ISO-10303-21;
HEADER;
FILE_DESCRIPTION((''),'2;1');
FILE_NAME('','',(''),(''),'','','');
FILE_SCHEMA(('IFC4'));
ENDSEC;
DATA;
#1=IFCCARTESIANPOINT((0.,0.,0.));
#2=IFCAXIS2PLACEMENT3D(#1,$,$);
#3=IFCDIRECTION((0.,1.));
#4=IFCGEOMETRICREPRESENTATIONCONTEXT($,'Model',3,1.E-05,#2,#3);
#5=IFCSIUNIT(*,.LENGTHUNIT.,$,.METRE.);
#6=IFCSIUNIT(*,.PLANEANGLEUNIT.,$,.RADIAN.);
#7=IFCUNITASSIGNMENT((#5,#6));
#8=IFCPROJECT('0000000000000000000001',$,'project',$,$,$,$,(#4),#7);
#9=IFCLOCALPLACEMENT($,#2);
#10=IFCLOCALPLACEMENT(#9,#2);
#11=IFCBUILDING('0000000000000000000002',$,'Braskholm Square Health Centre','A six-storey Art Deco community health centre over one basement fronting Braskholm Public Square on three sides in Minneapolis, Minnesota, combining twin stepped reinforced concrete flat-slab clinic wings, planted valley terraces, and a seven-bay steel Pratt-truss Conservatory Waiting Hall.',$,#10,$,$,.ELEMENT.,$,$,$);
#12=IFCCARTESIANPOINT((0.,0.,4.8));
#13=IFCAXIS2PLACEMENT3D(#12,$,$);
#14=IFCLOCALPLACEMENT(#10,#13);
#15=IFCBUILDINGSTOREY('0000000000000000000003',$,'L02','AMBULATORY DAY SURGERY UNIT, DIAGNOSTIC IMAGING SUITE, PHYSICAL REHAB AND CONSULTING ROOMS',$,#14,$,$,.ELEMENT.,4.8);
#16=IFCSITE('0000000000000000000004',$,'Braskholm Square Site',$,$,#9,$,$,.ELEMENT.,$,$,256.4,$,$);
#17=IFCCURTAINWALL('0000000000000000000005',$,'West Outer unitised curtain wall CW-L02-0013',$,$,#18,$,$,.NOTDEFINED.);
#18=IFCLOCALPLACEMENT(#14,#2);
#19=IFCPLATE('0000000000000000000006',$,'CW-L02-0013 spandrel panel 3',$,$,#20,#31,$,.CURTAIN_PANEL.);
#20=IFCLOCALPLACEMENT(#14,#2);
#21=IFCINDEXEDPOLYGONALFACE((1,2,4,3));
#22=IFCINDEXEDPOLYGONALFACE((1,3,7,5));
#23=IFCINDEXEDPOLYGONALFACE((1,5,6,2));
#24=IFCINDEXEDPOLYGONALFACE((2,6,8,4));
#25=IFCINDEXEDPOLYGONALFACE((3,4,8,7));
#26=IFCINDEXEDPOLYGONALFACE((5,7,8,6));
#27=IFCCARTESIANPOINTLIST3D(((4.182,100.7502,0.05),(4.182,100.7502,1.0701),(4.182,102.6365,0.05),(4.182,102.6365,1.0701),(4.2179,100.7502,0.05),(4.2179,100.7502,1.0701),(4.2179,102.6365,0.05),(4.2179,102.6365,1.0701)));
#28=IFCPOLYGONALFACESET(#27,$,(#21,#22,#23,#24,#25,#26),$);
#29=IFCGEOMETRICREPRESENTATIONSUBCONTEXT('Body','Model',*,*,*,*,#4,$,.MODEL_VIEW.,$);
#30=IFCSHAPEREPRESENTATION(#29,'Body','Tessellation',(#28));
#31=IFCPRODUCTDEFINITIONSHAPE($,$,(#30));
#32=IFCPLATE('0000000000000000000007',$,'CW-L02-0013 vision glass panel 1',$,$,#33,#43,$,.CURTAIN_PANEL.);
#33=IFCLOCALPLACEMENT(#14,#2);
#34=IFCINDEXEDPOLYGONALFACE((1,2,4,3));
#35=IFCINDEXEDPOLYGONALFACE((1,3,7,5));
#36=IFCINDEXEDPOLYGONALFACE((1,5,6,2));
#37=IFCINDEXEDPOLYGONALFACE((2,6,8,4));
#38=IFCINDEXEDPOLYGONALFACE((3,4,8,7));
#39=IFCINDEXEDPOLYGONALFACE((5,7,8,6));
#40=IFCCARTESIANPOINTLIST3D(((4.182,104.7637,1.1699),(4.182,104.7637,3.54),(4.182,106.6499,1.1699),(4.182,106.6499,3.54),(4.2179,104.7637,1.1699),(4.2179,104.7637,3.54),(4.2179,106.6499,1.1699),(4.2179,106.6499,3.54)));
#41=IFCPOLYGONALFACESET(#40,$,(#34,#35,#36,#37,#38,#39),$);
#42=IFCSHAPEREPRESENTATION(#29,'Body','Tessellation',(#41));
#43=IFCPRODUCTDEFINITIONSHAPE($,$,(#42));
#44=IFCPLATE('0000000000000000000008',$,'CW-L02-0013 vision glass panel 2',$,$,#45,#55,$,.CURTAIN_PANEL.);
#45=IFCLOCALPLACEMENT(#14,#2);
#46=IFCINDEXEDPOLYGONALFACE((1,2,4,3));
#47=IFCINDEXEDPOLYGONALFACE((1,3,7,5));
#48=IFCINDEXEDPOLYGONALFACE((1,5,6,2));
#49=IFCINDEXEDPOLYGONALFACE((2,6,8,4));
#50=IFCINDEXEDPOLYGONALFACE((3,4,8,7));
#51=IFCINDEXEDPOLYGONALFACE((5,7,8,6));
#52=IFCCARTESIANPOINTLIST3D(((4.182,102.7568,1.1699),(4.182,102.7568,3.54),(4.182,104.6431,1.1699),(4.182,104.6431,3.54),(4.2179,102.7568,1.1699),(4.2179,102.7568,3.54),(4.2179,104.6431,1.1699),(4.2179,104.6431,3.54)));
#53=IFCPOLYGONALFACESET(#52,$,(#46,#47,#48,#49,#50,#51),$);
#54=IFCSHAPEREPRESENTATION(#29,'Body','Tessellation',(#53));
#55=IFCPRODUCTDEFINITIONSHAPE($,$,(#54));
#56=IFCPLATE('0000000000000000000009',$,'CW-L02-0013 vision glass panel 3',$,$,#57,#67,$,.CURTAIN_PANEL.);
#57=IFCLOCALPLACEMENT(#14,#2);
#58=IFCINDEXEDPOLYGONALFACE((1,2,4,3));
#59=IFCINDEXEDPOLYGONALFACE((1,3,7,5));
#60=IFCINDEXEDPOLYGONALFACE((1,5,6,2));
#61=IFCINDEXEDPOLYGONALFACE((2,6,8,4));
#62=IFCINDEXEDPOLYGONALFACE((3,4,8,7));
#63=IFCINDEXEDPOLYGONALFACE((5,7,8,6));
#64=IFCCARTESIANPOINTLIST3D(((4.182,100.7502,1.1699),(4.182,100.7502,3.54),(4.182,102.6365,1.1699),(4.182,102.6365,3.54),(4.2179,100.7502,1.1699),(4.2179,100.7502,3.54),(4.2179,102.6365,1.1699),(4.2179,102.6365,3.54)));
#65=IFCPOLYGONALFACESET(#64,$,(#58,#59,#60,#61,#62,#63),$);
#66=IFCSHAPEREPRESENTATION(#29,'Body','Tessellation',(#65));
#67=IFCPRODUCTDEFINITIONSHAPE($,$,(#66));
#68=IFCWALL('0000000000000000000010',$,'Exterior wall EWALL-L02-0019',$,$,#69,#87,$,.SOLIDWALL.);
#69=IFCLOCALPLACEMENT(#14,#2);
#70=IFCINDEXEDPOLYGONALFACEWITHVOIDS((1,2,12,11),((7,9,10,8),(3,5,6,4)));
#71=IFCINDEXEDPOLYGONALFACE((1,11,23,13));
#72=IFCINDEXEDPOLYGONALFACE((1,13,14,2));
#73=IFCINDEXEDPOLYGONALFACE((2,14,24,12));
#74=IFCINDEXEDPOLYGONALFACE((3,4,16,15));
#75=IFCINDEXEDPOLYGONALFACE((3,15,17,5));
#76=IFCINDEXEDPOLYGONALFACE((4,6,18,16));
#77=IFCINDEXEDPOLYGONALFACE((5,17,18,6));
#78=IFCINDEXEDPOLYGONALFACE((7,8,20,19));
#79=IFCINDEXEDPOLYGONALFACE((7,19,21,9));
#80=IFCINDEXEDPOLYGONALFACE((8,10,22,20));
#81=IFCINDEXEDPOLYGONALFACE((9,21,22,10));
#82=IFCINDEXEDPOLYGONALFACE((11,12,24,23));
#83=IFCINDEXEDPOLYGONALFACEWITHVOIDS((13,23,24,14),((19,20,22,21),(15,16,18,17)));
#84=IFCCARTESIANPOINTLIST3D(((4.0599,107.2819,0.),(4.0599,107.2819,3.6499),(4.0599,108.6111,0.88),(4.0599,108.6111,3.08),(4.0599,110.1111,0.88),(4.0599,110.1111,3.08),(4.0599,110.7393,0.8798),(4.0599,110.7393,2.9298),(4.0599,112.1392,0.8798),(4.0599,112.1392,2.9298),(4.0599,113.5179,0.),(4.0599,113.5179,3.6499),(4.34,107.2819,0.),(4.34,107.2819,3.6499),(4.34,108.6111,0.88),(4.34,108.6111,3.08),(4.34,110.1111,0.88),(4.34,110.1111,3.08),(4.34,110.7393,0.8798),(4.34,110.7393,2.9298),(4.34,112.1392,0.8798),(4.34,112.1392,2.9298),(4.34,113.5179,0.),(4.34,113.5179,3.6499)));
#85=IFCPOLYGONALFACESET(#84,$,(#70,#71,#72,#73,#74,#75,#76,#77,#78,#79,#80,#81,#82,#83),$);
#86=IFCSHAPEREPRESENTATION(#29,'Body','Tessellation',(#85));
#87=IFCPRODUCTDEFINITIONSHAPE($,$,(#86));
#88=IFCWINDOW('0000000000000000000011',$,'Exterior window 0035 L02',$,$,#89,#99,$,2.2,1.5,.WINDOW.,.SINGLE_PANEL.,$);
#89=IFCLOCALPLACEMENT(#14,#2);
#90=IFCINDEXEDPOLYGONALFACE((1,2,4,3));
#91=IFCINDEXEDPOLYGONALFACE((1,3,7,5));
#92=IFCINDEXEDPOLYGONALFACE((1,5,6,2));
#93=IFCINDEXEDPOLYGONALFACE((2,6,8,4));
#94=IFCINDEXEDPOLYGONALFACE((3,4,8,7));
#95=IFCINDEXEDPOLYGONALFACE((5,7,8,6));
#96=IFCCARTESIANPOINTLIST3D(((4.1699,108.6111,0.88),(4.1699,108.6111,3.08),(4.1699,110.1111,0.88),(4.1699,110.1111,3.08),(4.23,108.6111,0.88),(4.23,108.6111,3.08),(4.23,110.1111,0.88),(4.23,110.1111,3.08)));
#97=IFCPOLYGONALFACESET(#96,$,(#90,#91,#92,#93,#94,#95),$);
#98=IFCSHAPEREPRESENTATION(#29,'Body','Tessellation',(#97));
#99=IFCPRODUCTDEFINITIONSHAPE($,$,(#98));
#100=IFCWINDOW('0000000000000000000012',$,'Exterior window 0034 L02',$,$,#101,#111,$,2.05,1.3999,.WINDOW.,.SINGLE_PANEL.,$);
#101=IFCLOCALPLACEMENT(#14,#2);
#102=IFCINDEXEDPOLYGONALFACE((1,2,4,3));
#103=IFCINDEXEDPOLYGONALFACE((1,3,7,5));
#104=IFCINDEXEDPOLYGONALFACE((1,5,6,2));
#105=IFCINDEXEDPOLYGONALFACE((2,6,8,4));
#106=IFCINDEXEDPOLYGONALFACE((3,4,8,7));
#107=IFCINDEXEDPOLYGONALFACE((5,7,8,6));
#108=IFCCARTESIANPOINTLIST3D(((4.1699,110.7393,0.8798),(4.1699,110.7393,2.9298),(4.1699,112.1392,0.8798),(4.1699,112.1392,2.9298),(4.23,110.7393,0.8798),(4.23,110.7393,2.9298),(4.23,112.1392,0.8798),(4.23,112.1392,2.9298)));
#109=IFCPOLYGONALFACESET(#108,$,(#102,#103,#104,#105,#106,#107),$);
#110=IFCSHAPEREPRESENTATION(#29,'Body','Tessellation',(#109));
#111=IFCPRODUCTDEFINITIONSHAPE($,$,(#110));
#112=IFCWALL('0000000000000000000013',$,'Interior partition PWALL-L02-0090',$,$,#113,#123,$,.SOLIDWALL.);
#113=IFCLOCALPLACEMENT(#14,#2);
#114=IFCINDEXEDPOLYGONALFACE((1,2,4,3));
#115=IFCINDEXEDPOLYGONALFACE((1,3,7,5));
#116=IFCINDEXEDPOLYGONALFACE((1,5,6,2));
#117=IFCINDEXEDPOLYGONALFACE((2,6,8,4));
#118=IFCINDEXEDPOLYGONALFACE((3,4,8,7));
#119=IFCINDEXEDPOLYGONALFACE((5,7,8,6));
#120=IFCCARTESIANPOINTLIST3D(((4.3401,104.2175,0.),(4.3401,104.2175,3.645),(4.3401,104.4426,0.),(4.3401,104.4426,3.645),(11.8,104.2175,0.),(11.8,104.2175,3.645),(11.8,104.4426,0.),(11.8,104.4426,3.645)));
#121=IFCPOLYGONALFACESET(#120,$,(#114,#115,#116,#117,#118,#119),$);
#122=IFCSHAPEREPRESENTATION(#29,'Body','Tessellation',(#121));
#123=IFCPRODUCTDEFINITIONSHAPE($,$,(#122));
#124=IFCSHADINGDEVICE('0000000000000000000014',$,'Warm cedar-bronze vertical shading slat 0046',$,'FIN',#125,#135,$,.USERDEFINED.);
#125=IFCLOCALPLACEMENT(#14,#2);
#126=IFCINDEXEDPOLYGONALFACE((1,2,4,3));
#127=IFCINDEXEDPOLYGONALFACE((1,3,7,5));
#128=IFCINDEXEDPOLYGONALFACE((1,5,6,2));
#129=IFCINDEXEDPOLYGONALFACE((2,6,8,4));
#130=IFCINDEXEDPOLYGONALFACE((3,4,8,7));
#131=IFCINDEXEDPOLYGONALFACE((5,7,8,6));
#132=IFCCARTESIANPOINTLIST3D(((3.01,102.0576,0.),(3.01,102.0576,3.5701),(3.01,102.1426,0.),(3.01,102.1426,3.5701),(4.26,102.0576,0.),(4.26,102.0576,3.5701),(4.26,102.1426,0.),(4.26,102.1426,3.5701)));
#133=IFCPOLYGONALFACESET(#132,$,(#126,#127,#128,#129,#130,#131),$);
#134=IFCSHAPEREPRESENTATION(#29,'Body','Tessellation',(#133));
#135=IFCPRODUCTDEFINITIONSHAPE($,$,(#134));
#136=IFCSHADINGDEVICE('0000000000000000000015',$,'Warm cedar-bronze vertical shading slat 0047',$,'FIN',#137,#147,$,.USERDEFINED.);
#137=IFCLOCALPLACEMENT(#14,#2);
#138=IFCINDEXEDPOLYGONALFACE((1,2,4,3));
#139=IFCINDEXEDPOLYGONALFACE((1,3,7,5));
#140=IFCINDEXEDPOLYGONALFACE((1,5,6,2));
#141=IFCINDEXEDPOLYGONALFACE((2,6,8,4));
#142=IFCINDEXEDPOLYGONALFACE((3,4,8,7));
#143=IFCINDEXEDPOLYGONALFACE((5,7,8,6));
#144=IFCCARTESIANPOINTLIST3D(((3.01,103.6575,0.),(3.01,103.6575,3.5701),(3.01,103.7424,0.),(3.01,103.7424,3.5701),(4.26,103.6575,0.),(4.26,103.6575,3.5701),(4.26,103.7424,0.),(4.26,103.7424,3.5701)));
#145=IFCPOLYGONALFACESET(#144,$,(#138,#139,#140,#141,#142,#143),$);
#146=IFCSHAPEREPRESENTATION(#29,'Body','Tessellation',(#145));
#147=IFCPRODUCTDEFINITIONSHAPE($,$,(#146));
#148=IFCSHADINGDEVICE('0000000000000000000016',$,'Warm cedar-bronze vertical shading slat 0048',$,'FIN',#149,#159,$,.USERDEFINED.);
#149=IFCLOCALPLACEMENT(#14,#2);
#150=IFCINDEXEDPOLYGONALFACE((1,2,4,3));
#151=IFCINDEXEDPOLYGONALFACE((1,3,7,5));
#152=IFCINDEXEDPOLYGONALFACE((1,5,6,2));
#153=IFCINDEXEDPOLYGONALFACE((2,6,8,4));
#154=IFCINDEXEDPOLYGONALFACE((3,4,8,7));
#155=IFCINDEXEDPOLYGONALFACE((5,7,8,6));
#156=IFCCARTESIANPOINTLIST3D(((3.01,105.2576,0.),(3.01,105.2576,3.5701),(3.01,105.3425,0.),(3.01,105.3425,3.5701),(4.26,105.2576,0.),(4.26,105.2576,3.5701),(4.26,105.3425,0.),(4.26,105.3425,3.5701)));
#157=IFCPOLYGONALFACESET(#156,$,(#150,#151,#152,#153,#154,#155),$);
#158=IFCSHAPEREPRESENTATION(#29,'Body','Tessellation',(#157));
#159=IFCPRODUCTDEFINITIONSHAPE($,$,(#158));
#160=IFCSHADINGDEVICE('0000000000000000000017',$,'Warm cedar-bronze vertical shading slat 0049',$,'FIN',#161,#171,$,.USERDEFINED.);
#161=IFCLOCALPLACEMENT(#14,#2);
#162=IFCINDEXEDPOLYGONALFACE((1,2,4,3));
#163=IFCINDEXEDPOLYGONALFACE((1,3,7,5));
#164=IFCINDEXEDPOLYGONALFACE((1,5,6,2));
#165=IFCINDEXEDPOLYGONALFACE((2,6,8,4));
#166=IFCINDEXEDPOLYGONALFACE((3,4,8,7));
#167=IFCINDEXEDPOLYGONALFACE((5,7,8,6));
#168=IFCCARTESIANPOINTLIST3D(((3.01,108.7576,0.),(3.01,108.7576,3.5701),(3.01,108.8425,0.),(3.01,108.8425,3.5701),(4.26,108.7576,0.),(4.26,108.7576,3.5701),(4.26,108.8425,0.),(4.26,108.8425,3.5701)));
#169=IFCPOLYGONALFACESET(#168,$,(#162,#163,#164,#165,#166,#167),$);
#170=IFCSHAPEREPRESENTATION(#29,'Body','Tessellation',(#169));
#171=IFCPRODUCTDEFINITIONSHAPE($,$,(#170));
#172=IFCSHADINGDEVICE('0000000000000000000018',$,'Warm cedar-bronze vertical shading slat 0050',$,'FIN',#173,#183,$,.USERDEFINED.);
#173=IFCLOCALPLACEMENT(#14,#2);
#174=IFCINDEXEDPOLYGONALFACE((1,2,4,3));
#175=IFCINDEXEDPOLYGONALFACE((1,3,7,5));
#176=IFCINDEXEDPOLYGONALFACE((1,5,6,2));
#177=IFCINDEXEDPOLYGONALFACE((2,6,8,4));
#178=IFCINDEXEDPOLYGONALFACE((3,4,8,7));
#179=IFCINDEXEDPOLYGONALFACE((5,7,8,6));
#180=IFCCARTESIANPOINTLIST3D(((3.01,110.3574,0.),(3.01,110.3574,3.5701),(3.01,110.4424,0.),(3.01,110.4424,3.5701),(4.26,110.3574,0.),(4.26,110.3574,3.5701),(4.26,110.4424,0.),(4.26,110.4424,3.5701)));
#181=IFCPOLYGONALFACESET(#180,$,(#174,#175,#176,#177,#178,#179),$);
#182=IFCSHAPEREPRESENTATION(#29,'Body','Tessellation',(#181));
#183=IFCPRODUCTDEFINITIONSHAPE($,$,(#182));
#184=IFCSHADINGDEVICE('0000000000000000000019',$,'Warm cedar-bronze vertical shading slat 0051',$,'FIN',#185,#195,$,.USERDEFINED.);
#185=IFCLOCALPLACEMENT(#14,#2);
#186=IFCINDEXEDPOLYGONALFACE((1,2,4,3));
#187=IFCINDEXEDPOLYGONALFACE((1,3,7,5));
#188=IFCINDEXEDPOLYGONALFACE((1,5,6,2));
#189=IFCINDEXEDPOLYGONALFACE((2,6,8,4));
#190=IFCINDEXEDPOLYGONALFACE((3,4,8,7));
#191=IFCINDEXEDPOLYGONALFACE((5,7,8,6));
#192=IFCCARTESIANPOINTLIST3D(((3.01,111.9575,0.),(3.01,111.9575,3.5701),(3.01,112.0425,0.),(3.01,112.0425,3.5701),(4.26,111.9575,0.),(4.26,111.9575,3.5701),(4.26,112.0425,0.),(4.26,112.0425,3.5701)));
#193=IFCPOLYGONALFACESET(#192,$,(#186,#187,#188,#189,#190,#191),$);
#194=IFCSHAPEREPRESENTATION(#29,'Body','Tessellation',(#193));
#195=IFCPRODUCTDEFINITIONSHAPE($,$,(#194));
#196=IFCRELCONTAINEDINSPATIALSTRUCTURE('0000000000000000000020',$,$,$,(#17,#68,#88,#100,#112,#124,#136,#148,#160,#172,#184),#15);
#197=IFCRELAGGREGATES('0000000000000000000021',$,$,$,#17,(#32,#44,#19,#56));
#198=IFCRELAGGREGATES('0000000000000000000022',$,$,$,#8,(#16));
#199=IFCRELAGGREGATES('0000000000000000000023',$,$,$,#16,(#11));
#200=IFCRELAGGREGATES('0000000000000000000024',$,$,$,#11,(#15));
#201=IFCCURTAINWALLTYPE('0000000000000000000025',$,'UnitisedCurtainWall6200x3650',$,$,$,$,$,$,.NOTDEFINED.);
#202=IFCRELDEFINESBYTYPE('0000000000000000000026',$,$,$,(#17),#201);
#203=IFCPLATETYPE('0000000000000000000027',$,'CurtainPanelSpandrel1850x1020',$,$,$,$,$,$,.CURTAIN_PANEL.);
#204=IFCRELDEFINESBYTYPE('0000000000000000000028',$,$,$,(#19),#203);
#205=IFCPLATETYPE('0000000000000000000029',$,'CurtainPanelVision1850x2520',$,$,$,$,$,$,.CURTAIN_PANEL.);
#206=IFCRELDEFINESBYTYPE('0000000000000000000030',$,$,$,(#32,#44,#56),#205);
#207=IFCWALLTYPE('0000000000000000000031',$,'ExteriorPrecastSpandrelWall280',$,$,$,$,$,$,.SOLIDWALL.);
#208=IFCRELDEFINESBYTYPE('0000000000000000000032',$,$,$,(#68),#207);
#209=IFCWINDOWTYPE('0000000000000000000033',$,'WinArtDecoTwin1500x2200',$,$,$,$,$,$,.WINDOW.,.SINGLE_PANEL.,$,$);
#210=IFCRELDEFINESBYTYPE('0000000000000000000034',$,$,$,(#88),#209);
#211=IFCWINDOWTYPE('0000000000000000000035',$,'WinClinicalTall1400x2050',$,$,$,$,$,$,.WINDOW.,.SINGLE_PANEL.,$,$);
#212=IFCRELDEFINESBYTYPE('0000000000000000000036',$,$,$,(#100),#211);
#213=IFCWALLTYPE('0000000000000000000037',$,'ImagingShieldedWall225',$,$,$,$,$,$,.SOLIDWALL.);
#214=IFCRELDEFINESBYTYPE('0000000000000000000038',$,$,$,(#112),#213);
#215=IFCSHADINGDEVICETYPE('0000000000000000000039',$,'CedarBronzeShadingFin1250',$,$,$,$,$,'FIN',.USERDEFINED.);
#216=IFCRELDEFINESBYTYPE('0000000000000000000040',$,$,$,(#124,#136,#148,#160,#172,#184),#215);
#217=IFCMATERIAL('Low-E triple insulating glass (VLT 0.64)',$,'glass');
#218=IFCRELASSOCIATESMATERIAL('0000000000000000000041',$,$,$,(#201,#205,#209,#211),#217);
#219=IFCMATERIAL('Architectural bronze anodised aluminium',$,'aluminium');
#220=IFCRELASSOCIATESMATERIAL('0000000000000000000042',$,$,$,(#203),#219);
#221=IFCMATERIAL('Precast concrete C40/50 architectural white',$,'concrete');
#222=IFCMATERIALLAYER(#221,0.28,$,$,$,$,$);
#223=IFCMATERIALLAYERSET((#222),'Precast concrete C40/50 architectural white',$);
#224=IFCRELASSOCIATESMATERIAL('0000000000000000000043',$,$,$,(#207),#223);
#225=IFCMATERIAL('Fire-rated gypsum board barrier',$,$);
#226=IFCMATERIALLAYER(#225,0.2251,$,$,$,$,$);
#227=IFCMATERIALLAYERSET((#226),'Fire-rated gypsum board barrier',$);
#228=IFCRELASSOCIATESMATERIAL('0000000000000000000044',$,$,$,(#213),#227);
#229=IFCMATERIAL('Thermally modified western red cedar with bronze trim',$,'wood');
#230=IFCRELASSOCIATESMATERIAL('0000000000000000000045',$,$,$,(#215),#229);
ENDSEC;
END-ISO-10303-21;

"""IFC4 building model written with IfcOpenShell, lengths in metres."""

from ifc_helpers import new_model, si_unit, direction, frame, frame_2d, origin, origin_with_axes, origin_2d, place, context, subcontext, project, spatial, rectangle, extrude, material, layer, layer_set, type_object, element, fill, aggregate, save


model = new_model("IFC4")

# Units and contexts
model_context = context("Model", 3, precision=1e-05, world=origin(), true_north=direction((0.0, 1.0)))
body_context = subcontext(model_context, "Body", "Model", "MODEL_VIEW")
ifc_project = project(units=[si_unit("LENGTHUNIT", "METRE"), si_unit("PLANEANGLEUNIT", "RADIAN")], contexts=[model_context])

# Site, building, storey
site_placement = place(None, origin())
site = spatial("IfcSite", under=ifc_project, at=site_placement, Name="Braskholm Square Site", CompositionType="ELEMENT", RefElevation=256.4)
building_placement = place(site_placement, origin())
building = spatial("IfcBuilding", under=site, at=building_placement, Name="Braskholm Square Health Centre", Description="A six-storey Art Deco community health centre over one basement fronting Braskholm Public Square on three sides in Minneapolis, Minnesota, combining twin stepped reinforced concrete flat-slab clinic wings, planted valley terraces, and a seven-bay steel Pratt-truss Conservatory Waiting Hall.", CompositionType="ELEMENT")
storey_placement = place(building_placement, frame((0.0, 0.0, 4.8)))
storey = spatial("IfcBuildingStorey", under=building, at=storey_placement, Name="L02", Description="AMBULATORY DAY SURGERY UNIT, DIAGNOSTIC IMAGING SUITE, PHYSICAL REHAB AND CONSULTING ROOMS", CompositionType="ELEMENT", Elevation=4.8)

# Shared definitions
ifc_material_1 = material(Name="Precast concrete C40/50 architectural white", Category="concrete")

# Curtain wall
ifc_material_2 = material(Name="Low-E triple insulating glass (VLT 0.64)", Category="glass")
curtain_wall_type = type_object("IfcCurtainWallType", Name="UnitisedCurtainWall6200x3650", PredefinedType="NOTDEFINED", material=ifc_material_2)
curtain_wall_placement = place(storey_placement, origin())
curtain_wall = element("IfcCurtainWall", 1, at=curtain_wall_placement, inside=storey, type_object=curtain_wall_type, Name="West Outer unitised curtain wall CW-L02-0013", PredefinedType="NOTDEFINED")
ifc_material_3 = material(Name="Architectural bronze anodised aluminium", Category="aluminium")

# Plates
plate_type_1 = type_object("IfcPlateType", Name="CurtainPanelSpandrel1850x1020", PredefinedType="CURTAIN_PANEL", material=ifc_material_3)
plate_1_placement = place(storey_placement, frame((4.2, 101.6934, 0.05), z_axis=(0.0, 0.0, 1.0), x_axis=(0.0, -1.0, 0.0)))
plate_1 = element("IfcPlate", 2, at=plate_1_placement, type_object=plate_type_1, Name="CW-L02-0013 spandrel panel 3", PredefinedType="CURTAIN_PANEL", context=body_context, shape_type="SweptSolid", body=[
    extrude(rectangle(XDim=1.8862, YDim=0.0359, at=origin_2d()), origin(), (0.0, 0.0, 1.0), 1.02),
])
plate_type_2 = type_object("IfcPlateType", Name="CurtainPanelVision1850x2520", PredefinedType="CURTAIN_PANEL", material=ifc_material_2)
plate_2_placement = place(storey_placement, frame((4.2, 105.7068, 1.1699), z_axis=(0.0, 0.0, 1.0), x_axis=(0.0, -1.0, 0.0)))
plate_2 = element("IfcPlate", 3, at=plate_2_placement, type_object=plate_type_2, Name="CW-L02-0013 vision glass panel 1", PredefinedType="CURTAIN_PANEL", context=body_context, shape_type="SweptSolid", body=[
    extrude(rectangle(XDim=1.8862, YDim=0.0359, at=origin_2d()), origin(), (0.0, 0.0, 1.0), 2.3701),
])
plate_3_placement = place(storey_placement, frame((4.2, 103.7, 1.1699), z_axis=(0.0, 0.0, 1.0), x_axis=(0.0, -1.0, 0.0)))
plate_3 = element("IfcPlate", 4, at=plate_3_placement, type_object=plate_type_2, Name="CW-L02-0013 vision glass panel 2", PredefinedType="CURTAIN_PANEL", context=body_context, shape_type="SweptSolid", body=[
    extrude(rectangle(XDim=1.8862, YDim=0.0359, at=origin_2d()), origin(), (0.0, 0.0, 1.0), 2.3701),
])
plate_4_placement = place(storey_placement, frame((4.2, 101.6934, 1.1699), z_axis=(0.0, 0.0, 1.0), x_axis=(0.0, -1.0, 0.0)))
plate_4 = element("IfcPlate", 5, at=plate_4_placement, type_object=plate_type_2, Name="CW-L02-0013 vision glass panel 3", PredefinedType="CURTAIN_PANEL", context=body_context, shape_type="SweptSolid", body=[
    extrude(rectangle(XDim=1.8862, YDim=0.0359, at=origin_2d()), origin(), (0.0, 0.0, 1.0), 2.3701),
])
aggregate(curtain_wall, [plate_2, plate_3, plate_1, plate_4])

# Wall, openings, windows
ifc_layer_1 = layer(ifc_material_1, 0.28)
ifc_layer_set_1 = layer_set([ifc_layer_1], Name="Precast concrete C40/50 architectural white")
wall_type_1 = type_object("IfcWallType", Name="ExteriorPrecastSpandrelWall280", PredefinedType="SOLIDWALL", material=ifc_layer_set_1)
wall_1_placement = place(storey_placement, frame((4.2, 113.5181, 0.0), z_axis=(0.0, 0.0, 1.0), x_axis=(0.0, -1.0, 0.0)))
wall_1 = element("IfcWall", 6, at=wall_1_placement, inside=storey, type_object=wall_type_1, Name="Exterior wall EWALL-L02-0019", PredefinedType="SOLIDWALL", context=body_context, shape_type="SweptSolid", body=[
    extrude(rectangle(XDim=6.2361, YDim=0.28, at=frame_2d((3.1182, 0.0))), origin(), (0.0, 0.0, 1.0), 3.6499),
])
opening_1_placement = place(wall_1_placement, frame((1.3789, 0.0, 0.8799)))
opening_1 = element("IfcOpeningElement", 7, at=opening_1_placement, cuts=wall_1, PredefinedType="OPENING", context=body_context, shape_type="SweptSolid", body=[
    extrude(rectangle(XDim=1.3999, YDim=2.05, at=frame_2d((0.7, 1.0249))), frame((0.0, 0.1499, 0.0), z_axis=(0.0, -1.0, 0.0), x_axis=(1.0, 0.0, 0.0)), (0.0, 0.0, 1.0), 0.3),
])
opening_2_placement = place(wall_1_placement, frame((3.407, 0.0, 0.8799)))
opening_2 = element("IfcOpeningElement", 8, at=opening_2_placement, cuts=wall_1, PredefinedType="OPENING", context=body_context, shape_type="SweptSolid", body=[
    extrude(rectangle(XDim=1.5, YDim=2.2, at=frame_2d((0.75, 1.1001))), frame((0.0, 0.1499, 0.0), z_axis=(0.0, -1.0, 0.0), x_axis=(1.0, 0.0, 0.0)), (0.0, 0.0, 1.0), 0.3),
])
window_type_1 = type_object("IfcWindowType", Name="WinArtDecoTwin1500x2200", PartitioningType="SINGLE_PANEL", PredefinedType="WINDOW", material=ifc_material_2)
window_1_placement = place(opening_2_placement, origin_with_axes())
window_1 = element("IfcWindow", 9, at=window_1_placement, inside=storey, type_object=window_type_1, Name="Exterior window 0035 L02", OverallHeight=2.2, OverallWidth=1.5, PartitioningType="SINGLE_PANEL", PredefinedType="WINDOW", context=body_context, shape_type="SweptSolid", body=[
    extrude(rectangle(XDim=1.5, YDim=2.2, at=frame_2d((0.75, 1.1001))), frame((0.0, 0.03, 0.0), z_axis=(0.0, -1.0, 0.0), x_axis=(1.0, 0.0, 0.0)), (0.0, 0.0, 1.0), 0.0601),
])
fill(opening_2, window_1)
window_type_2 = type_object("IfcWindowType", Name="WinClinicalTall1400x2050", PartitioningType="SINGLE_PANEL", PredefinedType="WINDOW", material=ifc_material_2)
window_2_placement = place(opening_1_placement, origin_with_axes())
window_2 = element("IfcWindow", 10, at=window_2_placement, inside=storey, type_object=window_type_2, Name="Exterior window 0034 L02", OverallHeight=2.05, OverallWidth=1.3999, PartitioningType="SINGLE_PANEL", PredefinedType="WINDOW", context=body_context, shape_type="SweptSolid", body=[
    extrude(rectangle(XDim=1.3999, YDim=2.05, at=frame_2d((0.7, 1.0249))), frame((0.0, 0.03, 0.0), z_axis=(0.0, -1.0, 0.0), x_axis=(1.0, 0.0, 0.0)), (0.0, 0.0, 1.0), 0.0601),
])
fill(opening_1, window_2)

# Wall
ifc_material_4 = material(Name="Fire-rated gypsum board barrier")
ifc_layer_2 = layer(ifc_material_4, 0.2251)
ifc_layer_set_2 = layer_set([ifc_layer_2], Name="Fire-rated gypsum board barrier")
wall_type_2 = type_object("IfcWallType", Name="ImagingShieldedWall225", PredefinedType="SOLIDWALL", material=ifc_layer_set_2)
wall_2_placement = place(storey_placement, frame((4.3401, 104.3301, 0.0), z_axis=(0.0, 0.0, 1.0), x_axis=(1.0, 0.0, 0.0)))
element("IfcWall", 11, at=wall_2_placement, inside=storey, type_object=wall_type_2, Name="Interior partition PWALL-L02-0090", PredefinedType="SOLIDWALL", context=body_context, shape_type="SweptSolid", body=[
    extrude(rectangle(XDim=7.46, YDim=0.2251, at=frame_2d((3.73, 0.0))), origin(), (0.0, 0.0, 1.0), 3.645),
])

# Shading devices
ifc_material_5 = material(Name="Thermally modified western red cedar with bronze trim", Category="wood")
shading_device_type = type_object("IfcShadingDeviceType", Name="CedarBronzeShadingFin1250", ElementType="FIN", PredefinedType="USERDEFINED", material=ifc_material_5)
for number, where, z_axis, x_axis, name in (
    (12, (3.635, 102.1001, 0.0), (0.0, 0.0, 1.0), (1.0, 0.0, 0.0), "Warm cedar-bronze vertical shading slat 0046"),
    (13, (3.635, 103.7, 0.0), (0.0, 0.0, 1.0), (1.0, 0.0, 0.0), "Warm cedar-bronze vertical shading slat 0047"),
    (14, (3.635, 105.3, 0.0), (0.0, 0.0, 1.0), (1.0, 0.0, 0.0), "Warm cedar-bronze vertical shading slat 0048"),
    (15, (3.635, 108.8, 0.0), (0.0, 0.0, 1.0), (1.0, 0.0, 0.0), "Warm cedar-bronze vertical shading slat 0049"),
    (16, (3.635, 110.3999, 0.0), (0.0, 0.0, 1.0), (1.0, 0.0, 0.0), "Warm cedar-bronze vertical shading slat 0050"),
    (17, (3.635, 112.0, 0.0), (0.0, 0.0, 1.0), (1.0, 0.0, 0.0), "Warm cedar-bronze vertical shading slat 0051"),
):
    element("IfcShadingDevice", number, at=place(storey_placement, frame(where, z_axis=z_axis, x_axis=x_axis)), inside=storey, type_object=shading_device_type, Name=name, ObjectType="FIN", PredefinedType="USERDEFINED", context=body_context, shape_type="SweptSolid", body=[
        extrude(rectangle(XDim=1.25, YDim=0.085, at=origin_2d()), origin(), (0.0, 0.0, 1.0), 3.5701),
    ])

save(model, "model.ifc")
